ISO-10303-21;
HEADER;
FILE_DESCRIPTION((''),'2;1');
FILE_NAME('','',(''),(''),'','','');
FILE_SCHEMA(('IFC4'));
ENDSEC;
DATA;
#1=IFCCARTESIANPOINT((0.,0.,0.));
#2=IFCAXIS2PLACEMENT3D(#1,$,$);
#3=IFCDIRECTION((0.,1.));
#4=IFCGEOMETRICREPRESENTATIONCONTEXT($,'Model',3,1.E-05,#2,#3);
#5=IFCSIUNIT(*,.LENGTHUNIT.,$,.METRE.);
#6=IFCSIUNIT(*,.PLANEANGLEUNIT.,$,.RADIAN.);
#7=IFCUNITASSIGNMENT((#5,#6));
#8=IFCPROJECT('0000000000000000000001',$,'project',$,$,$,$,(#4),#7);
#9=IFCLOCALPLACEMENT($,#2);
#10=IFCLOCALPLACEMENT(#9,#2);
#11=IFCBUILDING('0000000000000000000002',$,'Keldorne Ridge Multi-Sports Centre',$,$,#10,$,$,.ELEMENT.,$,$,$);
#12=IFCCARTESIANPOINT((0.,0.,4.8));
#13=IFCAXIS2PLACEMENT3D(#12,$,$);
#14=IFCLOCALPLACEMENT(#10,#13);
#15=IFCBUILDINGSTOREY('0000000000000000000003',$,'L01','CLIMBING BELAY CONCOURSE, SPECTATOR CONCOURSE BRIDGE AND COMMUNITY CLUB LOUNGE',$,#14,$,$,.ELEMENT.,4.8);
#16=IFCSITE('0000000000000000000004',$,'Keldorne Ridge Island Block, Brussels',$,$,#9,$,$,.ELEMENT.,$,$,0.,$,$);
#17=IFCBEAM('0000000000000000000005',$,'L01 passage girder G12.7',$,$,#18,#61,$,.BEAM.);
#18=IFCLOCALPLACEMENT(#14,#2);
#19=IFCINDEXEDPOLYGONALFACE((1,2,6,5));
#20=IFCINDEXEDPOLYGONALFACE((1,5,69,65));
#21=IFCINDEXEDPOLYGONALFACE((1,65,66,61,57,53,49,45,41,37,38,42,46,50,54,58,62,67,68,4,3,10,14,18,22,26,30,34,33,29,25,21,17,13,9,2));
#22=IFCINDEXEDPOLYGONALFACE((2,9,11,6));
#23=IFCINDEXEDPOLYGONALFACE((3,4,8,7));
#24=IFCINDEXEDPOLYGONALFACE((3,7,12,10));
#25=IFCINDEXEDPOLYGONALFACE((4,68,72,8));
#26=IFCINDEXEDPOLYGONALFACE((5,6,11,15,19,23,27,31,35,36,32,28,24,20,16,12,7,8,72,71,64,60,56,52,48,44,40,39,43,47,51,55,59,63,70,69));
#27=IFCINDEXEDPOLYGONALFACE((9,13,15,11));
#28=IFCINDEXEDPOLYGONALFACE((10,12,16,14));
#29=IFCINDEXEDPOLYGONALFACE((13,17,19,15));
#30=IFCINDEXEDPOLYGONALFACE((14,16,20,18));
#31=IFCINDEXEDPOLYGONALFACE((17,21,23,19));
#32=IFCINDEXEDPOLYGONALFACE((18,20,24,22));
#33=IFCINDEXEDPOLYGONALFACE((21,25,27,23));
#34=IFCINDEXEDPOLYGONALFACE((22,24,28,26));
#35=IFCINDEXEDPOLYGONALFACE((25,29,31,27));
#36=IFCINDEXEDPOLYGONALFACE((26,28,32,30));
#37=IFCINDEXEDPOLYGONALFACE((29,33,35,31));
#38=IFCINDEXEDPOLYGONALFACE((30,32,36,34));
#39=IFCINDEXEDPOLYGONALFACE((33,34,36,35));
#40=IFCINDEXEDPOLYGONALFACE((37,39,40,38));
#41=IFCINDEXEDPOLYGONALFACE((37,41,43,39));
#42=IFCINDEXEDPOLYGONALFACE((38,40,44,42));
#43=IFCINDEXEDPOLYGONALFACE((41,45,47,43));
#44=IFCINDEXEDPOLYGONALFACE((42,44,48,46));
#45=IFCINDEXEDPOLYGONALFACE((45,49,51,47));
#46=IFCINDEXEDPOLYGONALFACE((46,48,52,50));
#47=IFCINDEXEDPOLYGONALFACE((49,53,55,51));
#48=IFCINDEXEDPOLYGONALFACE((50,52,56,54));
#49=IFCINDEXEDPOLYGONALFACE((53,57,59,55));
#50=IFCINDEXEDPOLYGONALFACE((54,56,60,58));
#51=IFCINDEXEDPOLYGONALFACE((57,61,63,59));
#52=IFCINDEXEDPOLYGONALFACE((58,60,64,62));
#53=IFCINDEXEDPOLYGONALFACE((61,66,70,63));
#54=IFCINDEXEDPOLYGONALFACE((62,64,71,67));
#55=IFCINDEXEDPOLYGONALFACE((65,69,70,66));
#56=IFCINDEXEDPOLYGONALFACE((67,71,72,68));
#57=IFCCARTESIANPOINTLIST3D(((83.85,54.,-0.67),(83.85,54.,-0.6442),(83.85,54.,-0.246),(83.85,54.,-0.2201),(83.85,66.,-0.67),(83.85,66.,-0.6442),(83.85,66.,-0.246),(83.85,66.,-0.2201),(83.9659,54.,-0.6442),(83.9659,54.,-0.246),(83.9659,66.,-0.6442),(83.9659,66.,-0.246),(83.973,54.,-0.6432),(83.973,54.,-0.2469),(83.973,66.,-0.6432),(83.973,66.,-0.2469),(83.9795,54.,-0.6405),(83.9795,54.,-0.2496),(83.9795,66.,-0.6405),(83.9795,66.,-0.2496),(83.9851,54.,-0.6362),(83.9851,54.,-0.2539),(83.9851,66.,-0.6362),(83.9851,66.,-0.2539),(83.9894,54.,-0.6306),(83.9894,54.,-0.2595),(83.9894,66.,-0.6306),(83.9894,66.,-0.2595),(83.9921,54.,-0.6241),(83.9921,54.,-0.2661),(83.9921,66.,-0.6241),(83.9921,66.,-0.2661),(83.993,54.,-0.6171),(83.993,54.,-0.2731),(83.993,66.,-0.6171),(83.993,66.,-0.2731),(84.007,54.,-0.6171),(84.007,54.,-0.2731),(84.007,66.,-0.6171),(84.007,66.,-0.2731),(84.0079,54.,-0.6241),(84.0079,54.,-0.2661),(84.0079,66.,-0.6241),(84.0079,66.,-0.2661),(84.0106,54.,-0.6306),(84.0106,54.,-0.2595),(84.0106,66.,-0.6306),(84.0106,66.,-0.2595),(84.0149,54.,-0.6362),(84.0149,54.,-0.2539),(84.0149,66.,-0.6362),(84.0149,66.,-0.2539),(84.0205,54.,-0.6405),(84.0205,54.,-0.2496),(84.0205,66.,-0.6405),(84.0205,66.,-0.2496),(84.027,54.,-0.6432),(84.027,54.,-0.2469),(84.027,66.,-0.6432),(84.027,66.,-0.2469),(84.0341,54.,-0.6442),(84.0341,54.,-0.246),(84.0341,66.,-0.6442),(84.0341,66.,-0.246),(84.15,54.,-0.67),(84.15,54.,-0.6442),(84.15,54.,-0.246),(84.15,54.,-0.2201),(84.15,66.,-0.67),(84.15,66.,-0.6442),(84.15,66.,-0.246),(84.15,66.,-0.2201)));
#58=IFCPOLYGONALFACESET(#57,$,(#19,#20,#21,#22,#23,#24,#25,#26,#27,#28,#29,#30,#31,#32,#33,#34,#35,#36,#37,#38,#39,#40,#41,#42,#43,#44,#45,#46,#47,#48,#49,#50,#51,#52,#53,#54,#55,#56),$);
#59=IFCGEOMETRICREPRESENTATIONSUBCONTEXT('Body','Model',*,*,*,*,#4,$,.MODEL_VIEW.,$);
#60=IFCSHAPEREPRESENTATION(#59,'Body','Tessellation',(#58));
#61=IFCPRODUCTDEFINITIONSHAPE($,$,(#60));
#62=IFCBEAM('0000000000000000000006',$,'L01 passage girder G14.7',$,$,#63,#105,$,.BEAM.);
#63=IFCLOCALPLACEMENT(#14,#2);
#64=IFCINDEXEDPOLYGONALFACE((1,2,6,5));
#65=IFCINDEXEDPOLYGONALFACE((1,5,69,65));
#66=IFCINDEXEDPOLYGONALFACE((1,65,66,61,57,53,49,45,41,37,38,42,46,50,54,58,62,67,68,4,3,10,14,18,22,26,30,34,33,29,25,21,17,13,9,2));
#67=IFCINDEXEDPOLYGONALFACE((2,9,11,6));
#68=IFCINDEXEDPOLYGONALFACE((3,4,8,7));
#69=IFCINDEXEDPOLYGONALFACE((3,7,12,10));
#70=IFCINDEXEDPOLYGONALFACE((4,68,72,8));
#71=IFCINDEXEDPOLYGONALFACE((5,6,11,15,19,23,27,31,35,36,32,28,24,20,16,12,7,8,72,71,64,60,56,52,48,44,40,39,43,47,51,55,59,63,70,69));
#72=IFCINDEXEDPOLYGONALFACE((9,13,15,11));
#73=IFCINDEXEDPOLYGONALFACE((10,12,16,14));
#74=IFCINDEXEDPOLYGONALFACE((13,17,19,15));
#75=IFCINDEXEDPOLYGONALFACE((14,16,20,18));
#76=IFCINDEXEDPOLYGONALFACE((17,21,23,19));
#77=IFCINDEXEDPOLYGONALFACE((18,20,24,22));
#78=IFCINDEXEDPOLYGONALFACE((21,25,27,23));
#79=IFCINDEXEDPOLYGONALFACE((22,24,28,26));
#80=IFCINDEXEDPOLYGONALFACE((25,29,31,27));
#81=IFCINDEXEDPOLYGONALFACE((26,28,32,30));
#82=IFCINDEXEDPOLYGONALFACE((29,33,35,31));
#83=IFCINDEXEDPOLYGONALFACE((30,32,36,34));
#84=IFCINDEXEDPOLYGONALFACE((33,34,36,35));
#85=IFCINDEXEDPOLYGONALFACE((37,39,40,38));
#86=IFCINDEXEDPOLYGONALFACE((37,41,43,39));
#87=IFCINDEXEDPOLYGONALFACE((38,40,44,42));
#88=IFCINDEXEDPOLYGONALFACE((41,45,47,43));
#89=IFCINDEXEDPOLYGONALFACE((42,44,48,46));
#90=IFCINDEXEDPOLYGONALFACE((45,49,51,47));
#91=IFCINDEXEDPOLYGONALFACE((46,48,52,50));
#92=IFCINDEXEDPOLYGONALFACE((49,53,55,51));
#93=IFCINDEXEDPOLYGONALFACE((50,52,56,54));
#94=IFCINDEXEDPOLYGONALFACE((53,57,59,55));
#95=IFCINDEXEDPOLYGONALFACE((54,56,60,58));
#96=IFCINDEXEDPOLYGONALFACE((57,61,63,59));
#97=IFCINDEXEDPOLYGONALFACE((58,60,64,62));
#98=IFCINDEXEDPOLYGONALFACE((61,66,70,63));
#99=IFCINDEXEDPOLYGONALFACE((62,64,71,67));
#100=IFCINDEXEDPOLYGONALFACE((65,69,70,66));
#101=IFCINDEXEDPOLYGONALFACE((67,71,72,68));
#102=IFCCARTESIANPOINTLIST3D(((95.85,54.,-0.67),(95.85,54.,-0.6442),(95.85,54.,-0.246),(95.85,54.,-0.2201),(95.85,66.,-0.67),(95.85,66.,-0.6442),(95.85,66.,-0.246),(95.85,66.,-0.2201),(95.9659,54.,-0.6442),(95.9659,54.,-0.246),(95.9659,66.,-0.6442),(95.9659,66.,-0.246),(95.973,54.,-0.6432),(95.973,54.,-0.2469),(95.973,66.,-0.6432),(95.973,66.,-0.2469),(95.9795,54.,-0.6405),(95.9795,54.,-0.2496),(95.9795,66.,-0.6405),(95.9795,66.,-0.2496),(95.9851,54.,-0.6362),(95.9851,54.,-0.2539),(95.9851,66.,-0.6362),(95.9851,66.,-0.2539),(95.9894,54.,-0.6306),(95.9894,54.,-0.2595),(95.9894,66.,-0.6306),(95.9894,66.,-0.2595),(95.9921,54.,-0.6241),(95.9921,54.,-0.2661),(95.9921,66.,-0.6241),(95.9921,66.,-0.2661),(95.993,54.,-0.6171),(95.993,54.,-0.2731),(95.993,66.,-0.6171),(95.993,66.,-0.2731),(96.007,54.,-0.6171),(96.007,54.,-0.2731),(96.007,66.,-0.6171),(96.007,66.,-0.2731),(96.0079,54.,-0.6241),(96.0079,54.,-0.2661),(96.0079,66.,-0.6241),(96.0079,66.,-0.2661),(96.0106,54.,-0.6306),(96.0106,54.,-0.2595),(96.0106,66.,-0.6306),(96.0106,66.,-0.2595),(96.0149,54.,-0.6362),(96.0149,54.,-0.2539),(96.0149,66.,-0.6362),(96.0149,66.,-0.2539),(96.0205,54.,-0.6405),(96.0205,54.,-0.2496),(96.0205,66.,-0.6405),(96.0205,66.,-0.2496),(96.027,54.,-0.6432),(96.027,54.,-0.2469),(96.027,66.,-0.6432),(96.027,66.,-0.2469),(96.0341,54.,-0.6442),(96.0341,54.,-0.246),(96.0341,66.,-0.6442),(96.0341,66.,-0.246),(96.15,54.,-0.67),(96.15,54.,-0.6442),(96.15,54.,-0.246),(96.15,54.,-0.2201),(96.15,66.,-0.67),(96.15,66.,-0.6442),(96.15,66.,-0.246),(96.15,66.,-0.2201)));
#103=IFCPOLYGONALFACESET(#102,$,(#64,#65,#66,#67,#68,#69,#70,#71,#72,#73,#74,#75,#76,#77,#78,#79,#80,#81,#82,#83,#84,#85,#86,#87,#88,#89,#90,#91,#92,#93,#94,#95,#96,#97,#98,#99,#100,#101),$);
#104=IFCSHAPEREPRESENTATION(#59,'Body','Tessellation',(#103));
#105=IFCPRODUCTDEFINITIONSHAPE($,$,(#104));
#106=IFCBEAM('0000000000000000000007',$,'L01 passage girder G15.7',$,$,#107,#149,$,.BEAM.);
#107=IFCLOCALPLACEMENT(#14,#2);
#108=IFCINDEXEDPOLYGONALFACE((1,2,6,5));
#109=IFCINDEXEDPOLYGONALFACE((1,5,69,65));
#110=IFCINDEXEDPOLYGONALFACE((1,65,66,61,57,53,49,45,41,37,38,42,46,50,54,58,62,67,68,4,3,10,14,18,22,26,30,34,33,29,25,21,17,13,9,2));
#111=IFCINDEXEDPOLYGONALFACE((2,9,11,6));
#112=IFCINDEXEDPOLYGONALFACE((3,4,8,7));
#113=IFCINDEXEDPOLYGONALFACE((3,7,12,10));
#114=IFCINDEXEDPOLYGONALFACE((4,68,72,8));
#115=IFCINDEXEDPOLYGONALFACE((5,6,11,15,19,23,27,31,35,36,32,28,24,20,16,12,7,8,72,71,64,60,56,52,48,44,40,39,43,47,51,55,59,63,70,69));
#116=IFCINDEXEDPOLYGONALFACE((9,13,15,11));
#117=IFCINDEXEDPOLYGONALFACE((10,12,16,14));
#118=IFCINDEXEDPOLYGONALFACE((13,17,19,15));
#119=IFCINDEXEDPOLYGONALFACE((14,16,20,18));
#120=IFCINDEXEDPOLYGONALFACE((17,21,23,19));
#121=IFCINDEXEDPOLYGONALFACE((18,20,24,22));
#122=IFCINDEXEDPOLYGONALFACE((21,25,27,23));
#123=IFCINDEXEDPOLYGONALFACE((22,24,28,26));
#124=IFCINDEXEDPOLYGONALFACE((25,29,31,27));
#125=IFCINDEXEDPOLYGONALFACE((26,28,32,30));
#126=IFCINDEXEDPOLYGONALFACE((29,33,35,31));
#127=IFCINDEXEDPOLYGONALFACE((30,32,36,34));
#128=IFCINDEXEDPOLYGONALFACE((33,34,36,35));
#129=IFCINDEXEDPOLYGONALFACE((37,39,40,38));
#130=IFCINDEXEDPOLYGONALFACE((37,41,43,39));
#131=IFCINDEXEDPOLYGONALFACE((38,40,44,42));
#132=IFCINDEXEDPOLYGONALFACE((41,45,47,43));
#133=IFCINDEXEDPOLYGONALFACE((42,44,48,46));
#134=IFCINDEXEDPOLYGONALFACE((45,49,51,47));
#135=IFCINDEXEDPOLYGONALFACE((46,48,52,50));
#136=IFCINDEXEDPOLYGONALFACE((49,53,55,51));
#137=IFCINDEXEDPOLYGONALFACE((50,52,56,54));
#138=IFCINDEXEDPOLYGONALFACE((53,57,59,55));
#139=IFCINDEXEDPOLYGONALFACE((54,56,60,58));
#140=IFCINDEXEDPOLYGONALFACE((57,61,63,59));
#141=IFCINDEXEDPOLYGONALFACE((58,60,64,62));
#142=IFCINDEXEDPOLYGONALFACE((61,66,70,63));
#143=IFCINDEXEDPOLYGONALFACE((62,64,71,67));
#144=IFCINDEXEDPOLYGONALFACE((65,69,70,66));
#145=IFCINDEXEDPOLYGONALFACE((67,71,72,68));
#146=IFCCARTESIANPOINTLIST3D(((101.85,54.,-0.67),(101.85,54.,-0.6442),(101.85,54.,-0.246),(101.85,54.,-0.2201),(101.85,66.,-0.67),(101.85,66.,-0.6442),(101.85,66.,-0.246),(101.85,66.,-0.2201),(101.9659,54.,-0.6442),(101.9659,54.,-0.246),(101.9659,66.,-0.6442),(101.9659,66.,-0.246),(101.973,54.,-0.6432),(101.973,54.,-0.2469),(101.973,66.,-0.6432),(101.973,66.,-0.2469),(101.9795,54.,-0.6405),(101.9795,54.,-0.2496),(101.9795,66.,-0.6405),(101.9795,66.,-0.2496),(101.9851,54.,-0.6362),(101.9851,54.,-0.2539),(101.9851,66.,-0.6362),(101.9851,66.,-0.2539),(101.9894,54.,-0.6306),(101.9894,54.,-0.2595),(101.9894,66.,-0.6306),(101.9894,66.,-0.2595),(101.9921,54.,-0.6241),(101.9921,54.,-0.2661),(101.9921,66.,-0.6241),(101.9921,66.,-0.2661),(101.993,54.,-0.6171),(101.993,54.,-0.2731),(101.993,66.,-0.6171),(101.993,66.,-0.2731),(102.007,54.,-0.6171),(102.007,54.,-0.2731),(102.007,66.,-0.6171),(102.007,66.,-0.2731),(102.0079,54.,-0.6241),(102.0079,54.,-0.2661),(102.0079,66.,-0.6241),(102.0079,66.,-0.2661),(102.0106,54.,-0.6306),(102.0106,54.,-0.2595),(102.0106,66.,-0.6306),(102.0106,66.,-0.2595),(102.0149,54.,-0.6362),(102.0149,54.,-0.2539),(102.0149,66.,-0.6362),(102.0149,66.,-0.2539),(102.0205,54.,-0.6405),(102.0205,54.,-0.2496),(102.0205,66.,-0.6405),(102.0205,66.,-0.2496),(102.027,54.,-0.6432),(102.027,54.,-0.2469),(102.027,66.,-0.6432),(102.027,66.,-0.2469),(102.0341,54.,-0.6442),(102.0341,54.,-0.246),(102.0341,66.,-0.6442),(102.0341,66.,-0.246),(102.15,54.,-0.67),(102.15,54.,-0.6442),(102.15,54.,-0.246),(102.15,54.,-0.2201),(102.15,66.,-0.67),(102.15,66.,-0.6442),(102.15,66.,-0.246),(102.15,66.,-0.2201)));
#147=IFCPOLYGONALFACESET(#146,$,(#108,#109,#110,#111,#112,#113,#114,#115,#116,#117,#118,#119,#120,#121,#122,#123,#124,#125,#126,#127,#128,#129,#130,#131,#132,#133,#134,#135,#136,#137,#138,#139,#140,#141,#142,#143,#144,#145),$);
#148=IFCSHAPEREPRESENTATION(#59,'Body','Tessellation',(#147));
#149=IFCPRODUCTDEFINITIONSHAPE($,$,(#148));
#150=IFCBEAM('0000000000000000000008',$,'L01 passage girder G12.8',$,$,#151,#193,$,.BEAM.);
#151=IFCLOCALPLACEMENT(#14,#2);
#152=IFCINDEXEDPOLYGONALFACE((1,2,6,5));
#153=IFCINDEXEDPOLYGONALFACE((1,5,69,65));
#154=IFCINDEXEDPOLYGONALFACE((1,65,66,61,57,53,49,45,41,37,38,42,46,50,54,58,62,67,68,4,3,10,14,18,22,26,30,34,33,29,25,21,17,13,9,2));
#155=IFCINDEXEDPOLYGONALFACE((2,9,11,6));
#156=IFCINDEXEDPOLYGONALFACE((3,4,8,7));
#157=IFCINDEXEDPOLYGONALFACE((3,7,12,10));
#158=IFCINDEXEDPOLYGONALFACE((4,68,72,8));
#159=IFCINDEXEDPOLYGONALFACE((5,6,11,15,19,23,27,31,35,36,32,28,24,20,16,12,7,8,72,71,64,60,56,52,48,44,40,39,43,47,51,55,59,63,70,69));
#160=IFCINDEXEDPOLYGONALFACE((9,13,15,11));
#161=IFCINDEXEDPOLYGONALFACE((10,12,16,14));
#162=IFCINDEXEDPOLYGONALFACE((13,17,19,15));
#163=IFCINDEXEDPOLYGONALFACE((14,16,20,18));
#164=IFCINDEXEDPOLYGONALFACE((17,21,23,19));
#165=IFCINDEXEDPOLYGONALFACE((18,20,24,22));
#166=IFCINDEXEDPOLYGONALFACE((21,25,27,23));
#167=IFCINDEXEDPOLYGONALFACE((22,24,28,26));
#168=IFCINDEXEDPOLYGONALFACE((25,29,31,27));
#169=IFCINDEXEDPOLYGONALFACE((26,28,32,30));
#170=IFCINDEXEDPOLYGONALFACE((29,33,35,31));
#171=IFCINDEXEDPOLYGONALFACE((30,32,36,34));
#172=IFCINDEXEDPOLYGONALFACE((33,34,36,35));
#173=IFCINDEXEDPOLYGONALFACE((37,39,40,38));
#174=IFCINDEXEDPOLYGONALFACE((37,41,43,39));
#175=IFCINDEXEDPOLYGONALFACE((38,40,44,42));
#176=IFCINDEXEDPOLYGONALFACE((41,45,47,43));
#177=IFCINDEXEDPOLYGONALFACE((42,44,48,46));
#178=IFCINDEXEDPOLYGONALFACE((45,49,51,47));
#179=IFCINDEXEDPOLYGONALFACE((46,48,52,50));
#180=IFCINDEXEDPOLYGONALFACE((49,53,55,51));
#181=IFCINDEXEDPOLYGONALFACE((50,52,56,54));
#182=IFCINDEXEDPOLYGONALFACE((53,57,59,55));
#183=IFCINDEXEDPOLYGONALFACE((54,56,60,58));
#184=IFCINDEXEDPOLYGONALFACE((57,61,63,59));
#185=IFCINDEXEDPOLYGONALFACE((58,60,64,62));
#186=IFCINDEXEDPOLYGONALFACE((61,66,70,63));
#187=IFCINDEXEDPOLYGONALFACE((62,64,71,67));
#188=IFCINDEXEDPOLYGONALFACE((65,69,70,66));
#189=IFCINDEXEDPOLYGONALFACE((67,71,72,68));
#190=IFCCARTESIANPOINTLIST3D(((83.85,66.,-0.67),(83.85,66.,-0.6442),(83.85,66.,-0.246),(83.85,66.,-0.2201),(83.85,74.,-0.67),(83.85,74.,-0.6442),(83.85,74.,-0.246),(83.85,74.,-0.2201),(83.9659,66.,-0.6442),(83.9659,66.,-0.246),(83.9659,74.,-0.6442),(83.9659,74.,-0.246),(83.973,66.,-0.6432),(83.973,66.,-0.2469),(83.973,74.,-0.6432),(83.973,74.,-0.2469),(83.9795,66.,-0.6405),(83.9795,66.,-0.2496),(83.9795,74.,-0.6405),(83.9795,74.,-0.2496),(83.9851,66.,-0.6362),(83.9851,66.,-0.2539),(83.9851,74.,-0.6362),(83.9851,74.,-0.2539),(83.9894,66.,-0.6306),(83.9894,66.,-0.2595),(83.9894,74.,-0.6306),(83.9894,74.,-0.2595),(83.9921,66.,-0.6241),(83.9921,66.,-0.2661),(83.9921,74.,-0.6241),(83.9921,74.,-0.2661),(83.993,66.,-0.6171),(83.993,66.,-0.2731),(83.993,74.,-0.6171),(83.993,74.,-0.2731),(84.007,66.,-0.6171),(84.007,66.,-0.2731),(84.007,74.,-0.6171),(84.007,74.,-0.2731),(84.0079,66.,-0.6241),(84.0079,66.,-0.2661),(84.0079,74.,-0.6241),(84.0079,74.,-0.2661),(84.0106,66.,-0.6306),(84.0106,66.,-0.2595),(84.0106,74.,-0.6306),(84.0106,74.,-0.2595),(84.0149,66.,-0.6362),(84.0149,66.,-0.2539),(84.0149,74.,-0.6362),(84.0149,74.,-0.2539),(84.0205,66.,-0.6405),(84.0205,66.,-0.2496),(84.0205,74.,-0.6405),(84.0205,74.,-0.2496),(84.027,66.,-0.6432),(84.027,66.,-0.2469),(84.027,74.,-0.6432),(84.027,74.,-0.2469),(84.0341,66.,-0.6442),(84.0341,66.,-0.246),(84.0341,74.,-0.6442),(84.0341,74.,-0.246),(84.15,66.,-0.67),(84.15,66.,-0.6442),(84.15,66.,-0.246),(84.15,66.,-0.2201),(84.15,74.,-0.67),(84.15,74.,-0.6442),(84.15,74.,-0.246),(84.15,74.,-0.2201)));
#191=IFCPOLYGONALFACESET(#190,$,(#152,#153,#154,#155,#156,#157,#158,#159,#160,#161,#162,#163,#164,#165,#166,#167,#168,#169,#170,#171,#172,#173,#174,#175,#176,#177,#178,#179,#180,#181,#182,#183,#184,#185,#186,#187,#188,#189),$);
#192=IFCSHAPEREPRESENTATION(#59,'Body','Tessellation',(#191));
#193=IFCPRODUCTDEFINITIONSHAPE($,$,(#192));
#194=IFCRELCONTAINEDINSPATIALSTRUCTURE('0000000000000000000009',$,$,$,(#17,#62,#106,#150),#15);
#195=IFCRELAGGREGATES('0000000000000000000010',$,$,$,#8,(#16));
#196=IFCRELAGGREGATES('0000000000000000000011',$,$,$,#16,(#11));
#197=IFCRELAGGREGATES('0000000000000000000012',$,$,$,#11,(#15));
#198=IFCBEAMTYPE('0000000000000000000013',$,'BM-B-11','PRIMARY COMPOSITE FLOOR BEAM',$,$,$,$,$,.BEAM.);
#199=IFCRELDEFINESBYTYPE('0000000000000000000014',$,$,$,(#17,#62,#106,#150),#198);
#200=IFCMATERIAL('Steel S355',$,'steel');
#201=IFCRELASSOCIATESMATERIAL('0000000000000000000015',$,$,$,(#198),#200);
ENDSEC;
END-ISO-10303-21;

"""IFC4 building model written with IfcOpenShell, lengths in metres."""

from ifc_helpers import new_model, si_unit, direction, frame, origin, origin_2d, place, context, subcontext, project, spatial, i_section, extrude, material, material_profile, profile_set, type_object, element, save


model = new_model("IFC4")

# Units and contexts
model_context = context("Model", 3, precision=1e-05, world=origin(), true_north=direction((0.0, 1.0)))
body_context = subcontext(model_context, "Body", "Model", "MODEL_VIEW")
ifc_project = project(units=[si_unit("LENGTHUNIT", "METRE"), si_unit("PLANEANGLEUNIT", "RADIAN")], contexts=[model_context])

# Site, building, storey
site_placement = place(None, origin())
site = spatial("IfcSite", under=ifc_project, at=site_placement, Name="Keldorne Ridge Island Block, Brussels", CompositionType="ELEMENT", RefElevation=0.0)
building_placement = place(site_placement, origin())
building = spatial("IfcBuilding", under=site, at=building_placement, Name="Keldorne Ridge Multi-Sports Centre", CompositionType="ELEMENT")
storey_placement = place(building_placement, frame((0.0, 0.0, 4.8)))
storey = spatial("IfcBuildingStorey", under=building, at=storey_placement, Name="L01", Description="CLIMBING BELAY CONCOURSE, SPECTATOR CONCOURSE BRIDGE AND COMMUNITY CLUB LOUNGE", CompositionType="ELEMENT", Elevation=4.8)

# Shared definitions
ifc_material_1 = material(Name="Steel S355", Category="steel")

# Beams
ifc_material_profile_1 = material_profile(ifc_material_1, i_section(OverallWidth=0.3, OverallDepth=0.45, WebThickness=0.0139, FlangeThickness=0.0259, FilletRadius=0.0271, at=origin_2d()), Name="HEB 450")
ifc_profile_set_1 = profile_set([ifc_material_profile_1], Name="Steel S355")
beam_type_1 = type_object("IfcBeamType", Name="BM-B-11", Description="PRIMARY COMPOSITE FLOOR BEAM", PredefinedType="BEAM", material=ifc_profile_set_1)
for number, where, z_axis, x_axis, name in (
    (1, (84.0, 54.0, -0.4451), (0.0, 1.0, 0.0), (-1.0, 0.0, 0.0), "L01 passage girder G12.7"),
    (2, (96.0, 54.0, -0.4451), (0.0, 1.0, 0.0), (-1.0, 0.0, 0.0), "L01 passage girder G14.7"),
    (3, (102.0, 54.0, -0.4451), (0.0, 1.0, 0.0), (-1.0, 0.0, 0.0), "L01 passage girder G15.7"),
):
    element("IfcBeam", number, at=place(storey_placement, frame(where, z_axis=z_axis, x_axis=x_axis)), inside=storey, type_object=beam_type_1, Name=name, PredefinedType="BEAM", context=body_context, shape_type="SweptSolid", body=[
        extrude(i_section(OverallWidth=0.3, OverallDepth=0.45, WebThickness=0.0139, FlangeThickness=0.0259, FilletRadius=0.0271, at=origin_2d()), origin(), (0.0, 0.0, 1.0), 12.0),
    ])
for number, where, z_axis, x_axis, name in (
    (4, (84.0, 66.0, -0.4451), (0.0, 1.0, 0.0), (-1.0, 0.0, 0.0), "L01 passage girder G12.8"),
):
    element("IfcBeam", number, at=place(storey_placement, frame(where, z_axis=z_axis, x_axis=x_axis)), inside=storey, type_object=beam_type_1, Name=name, PredefinedType="BEAM", context=body_context, shape_type="SweptSolid", body=[
        extrude(i_section(OverallWidth=0.3, OverallDepth=0.45, WebThickness=0.0139, FlangeThickness=0.0259, FilletRadius=0.0271, at=origin_2d()), origin(), (0.0, 0.0, 1.0), 8.0),
    ])

save(model, "model.ifc")
